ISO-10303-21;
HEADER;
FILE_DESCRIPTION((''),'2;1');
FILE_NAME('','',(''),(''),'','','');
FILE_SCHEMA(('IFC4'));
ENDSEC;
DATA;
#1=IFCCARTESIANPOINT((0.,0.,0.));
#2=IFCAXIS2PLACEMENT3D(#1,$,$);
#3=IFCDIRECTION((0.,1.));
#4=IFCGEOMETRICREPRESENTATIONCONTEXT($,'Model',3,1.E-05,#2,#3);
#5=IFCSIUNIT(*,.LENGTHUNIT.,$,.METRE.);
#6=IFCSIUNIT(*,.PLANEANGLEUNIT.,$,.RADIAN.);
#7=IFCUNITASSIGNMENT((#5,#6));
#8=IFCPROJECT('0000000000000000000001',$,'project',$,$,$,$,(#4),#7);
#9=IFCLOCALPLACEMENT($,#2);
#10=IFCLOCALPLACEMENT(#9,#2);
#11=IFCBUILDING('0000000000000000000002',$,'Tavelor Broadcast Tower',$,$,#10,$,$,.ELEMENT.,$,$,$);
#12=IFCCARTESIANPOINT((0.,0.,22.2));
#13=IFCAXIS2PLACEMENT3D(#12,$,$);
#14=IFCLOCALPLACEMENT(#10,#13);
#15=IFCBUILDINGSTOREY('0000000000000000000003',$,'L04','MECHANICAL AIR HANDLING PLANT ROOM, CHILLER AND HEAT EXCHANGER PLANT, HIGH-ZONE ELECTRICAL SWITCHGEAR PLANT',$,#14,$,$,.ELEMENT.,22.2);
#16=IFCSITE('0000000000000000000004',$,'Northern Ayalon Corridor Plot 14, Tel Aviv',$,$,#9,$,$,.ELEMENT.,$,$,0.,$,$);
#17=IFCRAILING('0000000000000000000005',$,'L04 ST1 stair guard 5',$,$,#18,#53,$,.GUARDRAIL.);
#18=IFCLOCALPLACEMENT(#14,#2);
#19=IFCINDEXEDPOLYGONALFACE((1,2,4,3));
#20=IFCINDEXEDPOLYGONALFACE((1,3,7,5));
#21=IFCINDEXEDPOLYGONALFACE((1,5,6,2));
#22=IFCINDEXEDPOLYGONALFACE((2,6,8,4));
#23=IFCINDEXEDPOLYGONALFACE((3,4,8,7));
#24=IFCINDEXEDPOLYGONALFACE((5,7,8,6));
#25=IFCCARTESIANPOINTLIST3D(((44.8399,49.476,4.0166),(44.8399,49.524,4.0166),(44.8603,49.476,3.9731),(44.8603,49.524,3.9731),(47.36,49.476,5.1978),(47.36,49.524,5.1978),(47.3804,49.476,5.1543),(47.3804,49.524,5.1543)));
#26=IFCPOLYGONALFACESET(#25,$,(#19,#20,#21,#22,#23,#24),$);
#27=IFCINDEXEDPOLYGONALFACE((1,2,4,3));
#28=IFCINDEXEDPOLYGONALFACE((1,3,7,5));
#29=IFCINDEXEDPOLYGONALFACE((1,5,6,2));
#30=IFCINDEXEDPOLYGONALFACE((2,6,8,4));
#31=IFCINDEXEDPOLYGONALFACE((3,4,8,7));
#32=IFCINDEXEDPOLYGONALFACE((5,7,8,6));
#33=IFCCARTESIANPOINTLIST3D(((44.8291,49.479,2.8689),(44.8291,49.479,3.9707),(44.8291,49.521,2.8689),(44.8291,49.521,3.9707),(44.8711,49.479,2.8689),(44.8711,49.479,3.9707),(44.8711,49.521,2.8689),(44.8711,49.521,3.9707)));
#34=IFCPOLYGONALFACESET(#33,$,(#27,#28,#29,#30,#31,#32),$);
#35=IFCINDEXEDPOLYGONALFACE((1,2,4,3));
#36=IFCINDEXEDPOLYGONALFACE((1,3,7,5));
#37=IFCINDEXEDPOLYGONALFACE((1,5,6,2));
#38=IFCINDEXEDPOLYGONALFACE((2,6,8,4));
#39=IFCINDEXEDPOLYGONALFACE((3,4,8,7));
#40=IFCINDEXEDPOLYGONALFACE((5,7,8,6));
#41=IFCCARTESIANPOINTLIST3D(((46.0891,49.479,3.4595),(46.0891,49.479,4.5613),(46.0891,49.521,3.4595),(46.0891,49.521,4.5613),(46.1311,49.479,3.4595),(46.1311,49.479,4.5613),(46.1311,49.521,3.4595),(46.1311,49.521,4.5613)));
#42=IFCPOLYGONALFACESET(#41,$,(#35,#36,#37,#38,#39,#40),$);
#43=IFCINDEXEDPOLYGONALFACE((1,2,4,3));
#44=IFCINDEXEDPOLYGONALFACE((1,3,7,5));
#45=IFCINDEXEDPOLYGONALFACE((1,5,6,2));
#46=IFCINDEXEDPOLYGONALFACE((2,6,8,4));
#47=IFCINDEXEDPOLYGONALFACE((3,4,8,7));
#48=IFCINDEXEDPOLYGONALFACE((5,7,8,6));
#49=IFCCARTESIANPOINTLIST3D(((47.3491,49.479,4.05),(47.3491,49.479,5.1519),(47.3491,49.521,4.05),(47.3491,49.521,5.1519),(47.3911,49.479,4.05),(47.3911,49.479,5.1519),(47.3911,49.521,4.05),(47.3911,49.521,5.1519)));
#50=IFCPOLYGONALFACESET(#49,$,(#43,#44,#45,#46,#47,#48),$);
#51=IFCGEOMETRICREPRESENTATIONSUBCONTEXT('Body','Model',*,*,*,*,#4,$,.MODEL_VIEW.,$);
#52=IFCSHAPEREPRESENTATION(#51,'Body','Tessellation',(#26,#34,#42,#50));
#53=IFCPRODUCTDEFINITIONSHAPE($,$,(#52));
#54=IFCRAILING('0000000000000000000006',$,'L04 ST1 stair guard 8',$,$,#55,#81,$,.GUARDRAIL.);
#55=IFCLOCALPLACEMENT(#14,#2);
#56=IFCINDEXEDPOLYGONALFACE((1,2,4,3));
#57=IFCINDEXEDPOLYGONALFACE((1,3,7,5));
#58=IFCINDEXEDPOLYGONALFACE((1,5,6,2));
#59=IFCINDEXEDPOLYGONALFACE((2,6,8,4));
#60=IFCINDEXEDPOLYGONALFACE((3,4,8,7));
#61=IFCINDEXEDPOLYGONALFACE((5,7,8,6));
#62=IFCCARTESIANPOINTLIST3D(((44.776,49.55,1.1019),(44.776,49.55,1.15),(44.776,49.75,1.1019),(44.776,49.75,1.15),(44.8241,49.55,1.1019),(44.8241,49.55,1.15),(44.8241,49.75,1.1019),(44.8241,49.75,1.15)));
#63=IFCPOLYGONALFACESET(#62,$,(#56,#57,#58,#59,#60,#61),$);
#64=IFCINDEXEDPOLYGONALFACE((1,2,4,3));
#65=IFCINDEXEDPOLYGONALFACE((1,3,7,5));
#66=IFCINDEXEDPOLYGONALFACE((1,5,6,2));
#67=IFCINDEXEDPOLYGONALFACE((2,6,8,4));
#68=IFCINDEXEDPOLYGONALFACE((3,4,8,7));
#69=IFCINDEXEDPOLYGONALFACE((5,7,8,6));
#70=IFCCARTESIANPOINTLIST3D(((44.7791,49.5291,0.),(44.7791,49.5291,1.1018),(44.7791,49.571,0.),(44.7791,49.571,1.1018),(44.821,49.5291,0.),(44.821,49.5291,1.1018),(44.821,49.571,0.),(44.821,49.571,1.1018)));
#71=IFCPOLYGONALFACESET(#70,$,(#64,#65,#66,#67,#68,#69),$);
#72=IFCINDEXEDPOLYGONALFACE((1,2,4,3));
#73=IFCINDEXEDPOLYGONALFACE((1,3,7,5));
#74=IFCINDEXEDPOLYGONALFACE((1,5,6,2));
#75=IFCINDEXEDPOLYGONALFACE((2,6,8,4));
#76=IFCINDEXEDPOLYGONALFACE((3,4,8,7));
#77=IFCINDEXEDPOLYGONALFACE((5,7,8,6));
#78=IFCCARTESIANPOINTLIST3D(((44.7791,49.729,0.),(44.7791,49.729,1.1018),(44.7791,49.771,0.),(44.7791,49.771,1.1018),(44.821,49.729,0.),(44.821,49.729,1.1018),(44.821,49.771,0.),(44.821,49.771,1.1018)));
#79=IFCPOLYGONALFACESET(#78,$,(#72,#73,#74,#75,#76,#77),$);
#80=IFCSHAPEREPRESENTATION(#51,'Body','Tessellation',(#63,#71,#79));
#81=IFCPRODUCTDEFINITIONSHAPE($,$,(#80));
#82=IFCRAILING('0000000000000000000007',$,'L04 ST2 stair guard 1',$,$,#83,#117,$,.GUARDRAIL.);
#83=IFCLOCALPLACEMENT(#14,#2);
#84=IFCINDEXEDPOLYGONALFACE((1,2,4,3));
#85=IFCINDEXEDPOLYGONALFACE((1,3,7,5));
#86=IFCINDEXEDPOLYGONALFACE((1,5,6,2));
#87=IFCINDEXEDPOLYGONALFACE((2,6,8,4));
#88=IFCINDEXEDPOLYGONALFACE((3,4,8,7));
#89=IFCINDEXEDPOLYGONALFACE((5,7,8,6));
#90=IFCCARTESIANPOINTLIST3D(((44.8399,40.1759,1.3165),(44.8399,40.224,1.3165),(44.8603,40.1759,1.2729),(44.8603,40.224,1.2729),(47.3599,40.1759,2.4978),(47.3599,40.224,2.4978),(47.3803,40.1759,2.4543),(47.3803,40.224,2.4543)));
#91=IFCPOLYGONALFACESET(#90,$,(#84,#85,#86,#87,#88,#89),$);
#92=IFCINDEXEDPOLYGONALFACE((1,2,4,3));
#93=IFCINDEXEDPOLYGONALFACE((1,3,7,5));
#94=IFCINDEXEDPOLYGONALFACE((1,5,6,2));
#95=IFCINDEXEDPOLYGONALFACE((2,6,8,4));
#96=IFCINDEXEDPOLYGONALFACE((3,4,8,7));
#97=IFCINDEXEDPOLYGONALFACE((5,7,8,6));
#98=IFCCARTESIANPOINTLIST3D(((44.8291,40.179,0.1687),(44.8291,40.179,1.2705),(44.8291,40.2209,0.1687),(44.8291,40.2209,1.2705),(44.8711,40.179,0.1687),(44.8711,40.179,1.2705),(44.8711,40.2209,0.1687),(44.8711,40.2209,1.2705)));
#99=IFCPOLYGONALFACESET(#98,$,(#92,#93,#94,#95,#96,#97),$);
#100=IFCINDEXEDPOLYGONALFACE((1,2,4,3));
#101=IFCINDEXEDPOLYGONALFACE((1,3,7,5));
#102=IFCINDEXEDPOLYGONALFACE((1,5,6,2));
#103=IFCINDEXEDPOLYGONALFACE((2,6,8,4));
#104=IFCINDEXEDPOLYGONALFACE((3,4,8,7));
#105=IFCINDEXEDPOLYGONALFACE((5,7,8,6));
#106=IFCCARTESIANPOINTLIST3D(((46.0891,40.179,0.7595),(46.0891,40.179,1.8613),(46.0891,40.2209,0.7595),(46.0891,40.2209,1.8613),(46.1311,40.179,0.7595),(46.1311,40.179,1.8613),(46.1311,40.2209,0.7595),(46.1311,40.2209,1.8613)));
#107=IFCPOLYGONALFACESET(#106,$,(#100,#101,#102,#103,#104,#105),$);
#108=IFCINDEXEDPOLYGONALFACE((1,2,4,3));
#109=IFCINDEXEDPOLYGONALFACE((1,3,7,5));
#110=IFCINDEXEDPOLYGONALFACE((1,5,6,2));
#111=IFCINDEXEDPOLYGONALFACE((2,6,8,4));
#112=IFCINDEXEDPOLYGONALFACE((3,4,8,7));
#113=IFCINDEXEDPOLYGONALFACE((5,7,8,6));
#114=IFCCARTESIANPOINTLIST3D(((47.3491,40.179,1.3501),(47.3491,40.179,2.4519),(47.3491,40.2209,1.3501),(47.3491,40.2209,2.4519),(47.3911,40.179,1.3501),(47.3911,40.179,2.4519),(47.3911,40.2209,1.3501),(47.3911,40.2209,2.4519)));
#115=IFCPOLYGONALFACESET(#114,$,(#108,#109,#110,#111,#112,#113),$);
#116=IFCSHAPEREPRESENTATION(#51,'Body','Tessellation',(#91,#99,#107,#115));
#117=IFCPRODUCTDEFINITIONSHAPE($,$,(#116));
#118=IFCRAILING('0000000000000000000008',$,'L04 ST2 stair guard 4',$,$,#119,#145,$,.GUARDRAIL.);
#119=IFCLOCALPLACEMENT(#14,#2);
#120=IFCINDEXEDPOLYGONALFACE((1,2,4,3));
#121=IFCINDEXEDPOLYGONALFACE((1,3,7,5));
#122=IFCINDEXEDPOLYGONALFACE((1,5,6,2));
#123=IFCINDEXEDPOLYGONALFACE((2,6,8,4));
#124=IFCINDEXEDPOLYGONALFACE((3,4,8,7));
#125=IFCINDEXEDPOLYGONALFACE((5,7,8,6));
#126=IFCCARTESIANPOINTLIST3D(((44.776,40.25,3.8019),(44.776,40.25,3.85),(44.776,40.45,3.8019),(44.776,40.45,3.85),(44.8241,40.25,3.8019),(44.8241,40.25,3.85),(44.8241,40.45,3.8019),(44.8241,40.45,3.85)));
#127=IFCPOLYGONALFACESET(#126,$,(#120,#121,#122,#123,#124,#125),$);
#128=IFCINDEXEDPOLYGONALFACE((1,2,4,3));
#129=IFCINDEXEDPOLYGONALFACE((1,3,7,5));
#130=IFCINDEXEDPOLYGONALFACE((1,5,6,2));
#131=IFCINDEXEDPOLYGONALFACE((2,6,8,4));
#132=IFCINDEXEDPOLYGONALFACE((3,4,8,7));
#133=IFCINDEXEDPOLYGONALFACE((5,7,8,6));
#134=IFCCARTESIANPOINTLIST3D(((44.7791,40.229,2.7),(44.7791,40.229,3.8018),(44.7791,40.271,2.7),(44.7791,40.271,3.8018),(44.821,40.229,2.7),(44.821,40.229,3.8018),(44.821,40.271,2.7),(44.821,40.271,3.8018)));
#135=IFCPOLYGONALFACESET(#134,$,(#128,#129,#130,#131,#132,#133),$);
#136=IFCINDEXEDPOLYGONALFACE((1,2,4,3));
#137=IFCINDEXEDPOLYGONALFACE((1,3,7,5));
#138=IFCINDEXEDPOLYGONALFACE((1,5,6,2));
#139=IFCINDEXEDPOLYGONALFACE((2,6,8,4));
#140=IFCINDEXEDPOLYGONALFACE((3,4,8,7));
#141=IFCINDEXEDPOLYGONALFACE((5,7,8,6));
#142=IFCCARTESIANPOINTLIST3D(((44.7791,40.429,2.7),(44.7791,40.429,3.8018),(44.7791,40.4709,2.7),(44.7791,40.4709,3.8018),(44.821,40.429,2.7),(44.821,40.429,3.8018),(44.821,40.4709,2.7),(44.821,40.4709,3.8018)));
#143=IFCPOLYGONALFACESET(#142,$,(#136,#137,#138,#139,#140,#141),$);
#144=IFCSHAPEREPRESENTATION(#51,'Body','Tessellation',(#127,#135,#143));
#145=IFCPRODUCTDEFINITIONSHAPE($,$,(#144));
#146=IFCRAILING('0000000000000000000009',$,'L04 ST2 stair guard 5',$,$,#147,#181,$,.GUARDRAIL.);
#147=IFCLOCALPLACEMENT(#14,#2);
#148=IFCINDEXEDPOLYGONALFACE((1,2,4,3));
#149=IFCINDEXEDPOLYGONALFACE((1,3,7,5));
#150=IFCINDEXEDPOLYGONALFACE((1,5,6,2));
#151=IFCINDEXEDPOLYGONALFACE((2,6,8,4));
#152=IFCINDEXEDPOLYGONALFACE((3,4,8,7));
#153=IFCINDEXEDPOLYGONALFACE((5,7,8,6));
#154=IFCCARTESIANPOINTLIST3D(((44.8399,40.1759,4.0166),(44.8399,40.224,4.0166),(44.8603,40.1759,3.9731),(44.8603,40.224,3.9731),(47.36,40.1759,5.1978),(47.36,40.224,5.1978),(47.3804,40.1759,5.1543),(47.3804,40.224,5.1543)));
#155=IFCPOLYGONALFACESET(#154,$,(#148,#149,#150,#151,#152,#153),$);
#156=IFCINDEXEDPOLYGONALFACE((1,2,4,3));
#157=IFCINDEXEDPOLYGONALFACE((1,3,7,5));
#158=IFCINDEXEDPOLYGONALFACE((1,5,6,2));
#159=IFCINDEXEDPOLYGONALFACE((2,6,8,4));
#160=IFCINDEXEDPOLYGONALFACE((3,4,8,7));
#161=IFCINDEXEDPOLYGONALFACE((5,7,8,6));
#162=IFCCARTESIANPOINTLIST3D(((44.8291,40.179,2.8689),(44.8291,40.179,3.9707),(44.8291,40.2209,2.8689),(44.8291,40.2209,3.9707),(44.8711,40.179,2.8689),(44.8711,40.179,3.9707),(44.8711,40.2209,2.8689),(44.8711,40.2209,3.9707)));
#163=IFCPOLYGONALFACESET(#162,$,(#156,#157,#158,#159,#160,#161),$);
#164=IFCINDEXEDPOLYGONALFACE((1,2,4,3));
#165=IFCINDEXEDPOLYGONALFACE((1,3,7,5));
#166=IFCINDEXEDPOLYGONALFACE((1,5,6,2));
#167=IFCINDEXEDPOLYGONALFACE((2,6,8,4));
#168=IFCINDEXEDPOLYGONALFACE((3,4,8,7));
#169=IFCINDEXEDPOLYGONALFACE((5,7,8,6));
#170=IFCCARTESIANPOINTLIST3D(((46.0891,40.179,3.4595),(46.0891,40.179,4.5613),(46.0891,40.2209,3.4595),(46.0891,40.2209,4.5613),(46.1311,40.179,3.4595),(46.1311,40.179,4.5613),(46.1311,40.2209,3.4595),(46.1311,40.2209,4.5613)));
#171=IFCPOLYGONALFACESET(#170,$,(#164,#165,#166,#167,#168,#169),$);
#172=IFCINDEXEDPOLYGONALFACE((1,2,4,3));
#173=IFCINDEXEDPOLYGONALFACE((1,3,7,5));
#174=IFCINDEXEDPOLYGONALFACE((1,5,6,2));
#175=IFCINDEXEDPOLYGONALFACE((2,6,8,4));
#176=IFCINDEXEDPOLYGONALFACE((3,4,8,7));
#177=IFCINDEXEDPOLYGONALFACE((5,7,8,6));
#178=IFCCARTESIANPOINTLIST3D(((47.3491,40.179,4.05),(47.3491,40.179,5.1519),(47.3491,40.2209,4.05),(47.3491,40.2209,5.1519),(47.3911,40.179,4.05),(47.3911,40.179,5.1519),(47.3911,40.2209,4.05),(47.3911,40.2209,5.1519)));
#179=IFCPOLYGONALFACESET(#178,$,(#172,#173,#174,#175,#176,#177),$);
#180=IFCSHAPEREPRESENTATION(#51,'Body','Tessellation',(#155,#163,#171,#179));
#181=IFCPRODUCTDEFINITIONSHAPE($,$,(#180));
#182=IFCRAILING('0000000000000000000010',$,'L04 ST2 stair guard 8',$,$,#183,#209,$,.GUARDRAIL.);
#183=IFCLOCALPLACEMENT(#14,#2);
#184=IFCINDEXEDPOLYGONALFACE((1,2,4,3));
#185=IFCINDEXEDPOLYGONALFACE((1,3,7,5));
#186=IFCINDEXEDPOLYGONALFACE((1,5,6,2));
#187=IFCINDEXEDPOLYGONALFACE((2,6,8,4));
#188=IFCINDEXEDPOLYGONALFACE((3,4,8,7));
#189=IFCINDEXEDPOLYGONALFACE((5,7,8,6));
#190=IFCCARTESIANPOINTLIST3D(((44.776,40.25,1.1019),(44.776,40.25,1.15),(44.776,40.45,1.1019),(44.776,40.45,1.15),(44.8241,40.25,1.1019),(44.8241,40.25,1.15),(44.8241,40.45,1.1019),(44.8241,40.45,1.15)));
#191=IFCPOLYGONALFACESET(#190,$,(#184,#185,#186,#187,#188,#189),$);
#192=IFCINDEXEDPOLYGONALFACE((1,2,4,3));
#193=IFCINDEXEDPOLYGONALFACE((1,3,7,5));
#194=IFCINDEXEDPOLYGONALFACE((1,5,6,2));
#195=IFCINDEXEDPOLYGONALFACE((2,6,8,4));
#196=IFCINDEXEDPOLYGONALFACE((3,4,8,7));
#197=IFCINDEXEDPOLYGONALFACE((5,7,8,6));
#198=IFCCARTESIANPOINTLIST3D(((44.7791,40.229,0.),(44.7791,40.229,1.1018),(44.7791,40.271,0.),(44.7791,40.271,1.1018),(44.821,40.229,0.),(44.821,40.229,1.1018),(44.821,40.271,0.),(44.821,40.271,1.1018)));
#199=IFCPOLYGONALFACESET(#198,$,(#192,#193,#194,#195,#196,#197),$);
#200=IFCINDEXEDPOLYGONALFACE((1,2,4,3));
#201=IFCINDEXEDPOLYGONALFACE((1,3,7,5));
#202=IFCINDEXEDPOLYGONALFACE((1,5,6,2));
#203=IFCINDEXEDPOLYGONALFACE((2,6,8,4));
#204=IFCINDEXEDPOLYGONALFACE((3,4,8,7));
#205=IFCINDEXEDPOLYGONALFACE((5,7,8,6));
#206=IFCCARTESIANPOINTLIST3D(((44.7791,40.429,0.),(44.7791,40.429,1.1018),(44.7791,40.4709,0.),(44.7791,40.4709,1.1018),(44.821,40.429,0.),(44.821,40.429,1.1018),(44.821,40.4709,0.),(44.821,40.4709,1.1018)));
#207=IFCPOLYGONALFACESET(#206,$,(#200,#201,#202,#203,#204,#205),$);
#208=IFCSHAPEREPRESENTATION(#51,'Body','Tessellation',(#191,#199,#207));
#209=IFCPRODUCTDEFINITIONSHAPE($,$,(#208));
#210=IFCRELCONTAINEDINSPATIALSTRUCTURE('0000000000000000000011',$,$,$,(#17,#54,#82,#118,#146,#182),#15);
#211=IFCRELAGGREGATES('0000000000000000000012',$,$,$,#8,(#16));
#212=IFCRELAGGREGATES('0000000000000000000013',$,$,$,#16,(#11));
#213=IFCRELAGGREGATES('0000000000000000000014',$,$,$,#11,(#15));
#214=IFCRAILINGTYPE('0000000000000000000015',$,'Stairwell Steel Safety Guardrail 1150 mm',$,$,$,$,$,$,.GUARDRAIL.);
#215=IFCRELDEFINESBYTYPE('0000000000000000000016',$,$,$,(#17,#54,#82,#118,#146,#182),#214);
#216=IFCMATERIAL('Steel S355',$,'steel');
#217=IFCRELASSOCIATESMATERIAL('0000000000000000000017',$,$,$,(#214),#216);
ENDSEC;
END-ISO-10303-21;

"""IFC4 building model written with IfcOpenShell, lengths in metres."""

from ifc_helpers import new_model, si_unit, direction, frame, origin, origin_2d, place, context, subcontext, project, spatial, rectangle, extrude, material, type_object, element, save


model = new_model("IFC4")

# Units and contexts
model_context = context("Model", 3, precision=1e-05, world=origin(), true_north=direction((0.0, 1.0)))
body_context = subcontext(model_context, "Body", "Model", "MODEL_VIEW")
ifc_project = project(units=[si_unit("LENGTHUNIT", "METRE"), si_unit("PLANEANGLEUNIT", "RADIAN")], contexts=[model_context])

# Site, building, storey
site_placement = place(None, origin())
site = spatial("IfcSite", under=ifc_project, at=site_placement, Name="Northern Ayalon Corridor Plot 14, Tel Aviv", CompositionType="ELEMENT", RefElevation=0.0)
building_placement = place(site_placement, origin())
building = spatial("IfcBuilding", under=site, at=building_placement, Name="Tavelor Broadcast Tower", CompositionType="ELEMENT")
storey_placement = place(building_placement, frame((0.0, 0.0, 22.2)))
storey = spatial("IfcBuildingStorey", under=building, at=storey_placement, Name="L04", Description="MECHANICAL AIR HANDLING PLANT ROOM, CHILLER AND HEAT EXCHANGER PLANT, HIGH-ZONE ELECTRICAL SWITCHGEAR PLANT", CompositionType="ELEMENT", Elevation=22.2)

# Shared definitions
ifc_material_1 = material(Name="Steel S355", Category="steel")

# Railings
railing_type_1 = type_object("IfcRailingType", Name="Stairwell Steel Safety Guardrail 1150 mm", PredefinedType="GUARDRAIL", material=ifc_material_1)
railing_1_placement = place(storey_placement, frame((44.8501, 49.5, 2.8689)))
element("IfcRailing", 1, at=railing_1_placement, inside=storey, type_object=railing_type_1, Name="L04 ST1 stair guard 5", PredefinedType="GUARDRAIL", context=body_context, shape_type="SweptSolid", body=[
    extrude(rectangle(XDim=0.0481, YDim=0.0481, at=origin_2d()), frame((0.0, 0.0, 1.126), z_axis=(0.905474, 0.0, 0.424402), x_axis=(0.0, 1.0, 0.0)), (0.0, 0.0, 1.0), 2.7832),
    extrude(rectangle(XDim=0.042, YDim=0.042, at=origin_2d()), origin(), (0.0, 0.0, 1.0), 1.1018),
    extrude(rectangle(XDim=0.042, YDim=0.042, at=origin_2d()), frame((1.26, 0.0, 0.5906)), (0.0, 0.0, 1.0), 1.1018),
    extrude(rectangle(XDim=0.042, YDim=0.042, at=origin_2d()), frame((2.52, 0.0, 1.1812)), (0.0, 0.0, 1.0), 1.1018),
])
railing_2_placement = place(storey_placement, frame((44.8, 49.55, 0.0)))
element("IfcRailing", 2, at=railing_2_placement, inside=storey, type_object=railing_type_1, Name="L04 ST1 stair guard 8", PredefinedType="GUARDRAIL", context=body_context, shape_type="SweptSolid", body=[
    extrude(rectangle(XDim=0.0481, YDim=0.0481, at=origin_2d()), frame((0.0, 0.0, 1.126), z_axis=(0.0, 1.0, 0.0), x_axis=(-1.0, 0.0, 0.0)), (0.0, 0.0, 1.0), 0.2),
    extrude(rectangle(XDim=0.042, YDim=0.042, at=origin_2d()), origin(), (0.0, 0.0, 1.0), 1.1018),
    extrude(rectangle(XDim=0.042, YDim=0.042, at=origin_2d()), frame((0.0, 0.2, 0.0)), (0.0, 0.0, 1.0), 1.1018),
])
railing_3_placement = place(storey_placement, frame((44.8501, 40.2, 0.1687)))
element("IfcRailing", 3, at=railing_3_placement, inside=storey, type_object=railing_type_1, Name="L04 ST2 stair guard 1", PredefinedType="GUARDRAIL", context=body_context, shape_type="SweptSolid", body=[
    extrude(rectangle(XDim=0.0481, YDim=0.0481, at=origin_2d()), frame((0.0, 0.0, 1.126), z_axis=(0.90544, 0.0, 0.424474), x_axis=(0.0, 1.0, 0.0)), (0.0, 0.0, 1.0), 2.7832),
    extrude(rectangle(XDim=0.042, YDim=0.042, at=origin_2d()), origin(), (0.0, 0.0, 1.0), 1.1018),
    extrude(rectangle(XDim=0.042, YDim=0.042, at=origin_2d()), frame((1.26, 0.0, 0.5908)), (0.0, 0.0, 1.0), 1.1018),
    extrude(rectangle(XDim=0.042, YDim=0.042, at=origin_2d()), frame((2.52, 0.0, 1.1814)), (0.0, 0.0, 1.0), 1.1018),
])
railing_4_placement = place(storey_placement, frame((44.8, 40.25, 2.7)))
element("IfcRailing", 4, at=railing_4_placement, inside=storey, type_object=railing_type_1, Name="L04 ST2 stair guard 4", PredefinedType="GUARDRAIL", context=body_context, shape_type="SweptSolid", body=[
    extrude(rectangle(XDim=0.0481, YDim=0.0481, at=origin_2d()), frame((0.0, 0.0, 1.126), z_axis=(0.0, 1.0, 0.0), x_axis=(-1.0, 0.0, 0.0)), (0.0, 0.0, 1.0), 0.2),
    extrude(rectangle(XDim=0.042, YDim=0.042, at=origin_2d()), origin(), (0.0, 0.0, 1.0), 1.1018),
    extrude(rectangle(XDim=0.042, YDim=0.042, at=origin_2d()), frame((0.0, 0.2, 0.0)), (0.0, 0.0, 1.0), 1.1018),
])
railing_5_placement = place(storey_placement, frame((44.8501, 40.2, 2.8689)))
element("IfcRailing", 5, at=railing_5_placement, inside=storey, type_object=railing_type_1, Name="L04 ST2 stair guard 5", PredefinedType="GUARDRAIL", context=body_context, shape_type="SweptSolid", body=[
    extrude(rectangle(XDim=0.0481, YDim=0.0481, at=origin_2d()), frame((0.0, 0.0, 1.126), z_axis=(0.905474, 0.0, 0.424402), x_axis=(0.0, 1.0, 0.0)), (0.0, 0.0, 1.0), 2.7832),
    extrude(rectangle(XDim=0.042, YDim=0.042, at=origin_2d()), origin(), (0.0, 0.0, 1.0), 1.1018),
    extrude(rectangle(XDim=0.042, YDim=0.042, at=origin_2d()), frame((1.26, 0.0, 0.5906)), (0.0, 0.0, 1.0), 1.1018),
    extrude(rectangle(XDim=0.042, YDim=0.042, at=origin_2d()), frame((2.52, 0.0, 1.1812)), (0.0, 0.0, 1.0), 1.1018),
])
railing_6_placement = place(storey_placement, frame((44.8, 40.25, 0.0)))
element("IfcRailing", 6, at=railing_6_placement, inside=storey, type_object=railing_type_1, Name="L04 ST2 stair guard 8", PredefinedType="GUARDRAIL", context=body_context, shape_type="SweptSolid", body=[
    extrude(rectangle(XDim=0.0481, YDim=0.0481, at=origin_2d()), frame((0.0, 0.0, 1.126), z_axis=(0.0, 1.0, 0.0), x_axis=(-1.0, 0.0, 0.0)), (0.0, 0.0, 1.0), 0.2),
    extrude(rectangle(XDim=0.042, YDim=0.042, at=origin_2d()), origin(), (0.0, 0.0, 1.0), 1.1018),
    extrude(rectangle(XDim=0.042, YDim=0.042, at=origin_2d()), frame((0.0, 0.2, 0.0)), (0.0, 0.0, 1.0), 1.1018),
])

save(model, "model.ifc")
